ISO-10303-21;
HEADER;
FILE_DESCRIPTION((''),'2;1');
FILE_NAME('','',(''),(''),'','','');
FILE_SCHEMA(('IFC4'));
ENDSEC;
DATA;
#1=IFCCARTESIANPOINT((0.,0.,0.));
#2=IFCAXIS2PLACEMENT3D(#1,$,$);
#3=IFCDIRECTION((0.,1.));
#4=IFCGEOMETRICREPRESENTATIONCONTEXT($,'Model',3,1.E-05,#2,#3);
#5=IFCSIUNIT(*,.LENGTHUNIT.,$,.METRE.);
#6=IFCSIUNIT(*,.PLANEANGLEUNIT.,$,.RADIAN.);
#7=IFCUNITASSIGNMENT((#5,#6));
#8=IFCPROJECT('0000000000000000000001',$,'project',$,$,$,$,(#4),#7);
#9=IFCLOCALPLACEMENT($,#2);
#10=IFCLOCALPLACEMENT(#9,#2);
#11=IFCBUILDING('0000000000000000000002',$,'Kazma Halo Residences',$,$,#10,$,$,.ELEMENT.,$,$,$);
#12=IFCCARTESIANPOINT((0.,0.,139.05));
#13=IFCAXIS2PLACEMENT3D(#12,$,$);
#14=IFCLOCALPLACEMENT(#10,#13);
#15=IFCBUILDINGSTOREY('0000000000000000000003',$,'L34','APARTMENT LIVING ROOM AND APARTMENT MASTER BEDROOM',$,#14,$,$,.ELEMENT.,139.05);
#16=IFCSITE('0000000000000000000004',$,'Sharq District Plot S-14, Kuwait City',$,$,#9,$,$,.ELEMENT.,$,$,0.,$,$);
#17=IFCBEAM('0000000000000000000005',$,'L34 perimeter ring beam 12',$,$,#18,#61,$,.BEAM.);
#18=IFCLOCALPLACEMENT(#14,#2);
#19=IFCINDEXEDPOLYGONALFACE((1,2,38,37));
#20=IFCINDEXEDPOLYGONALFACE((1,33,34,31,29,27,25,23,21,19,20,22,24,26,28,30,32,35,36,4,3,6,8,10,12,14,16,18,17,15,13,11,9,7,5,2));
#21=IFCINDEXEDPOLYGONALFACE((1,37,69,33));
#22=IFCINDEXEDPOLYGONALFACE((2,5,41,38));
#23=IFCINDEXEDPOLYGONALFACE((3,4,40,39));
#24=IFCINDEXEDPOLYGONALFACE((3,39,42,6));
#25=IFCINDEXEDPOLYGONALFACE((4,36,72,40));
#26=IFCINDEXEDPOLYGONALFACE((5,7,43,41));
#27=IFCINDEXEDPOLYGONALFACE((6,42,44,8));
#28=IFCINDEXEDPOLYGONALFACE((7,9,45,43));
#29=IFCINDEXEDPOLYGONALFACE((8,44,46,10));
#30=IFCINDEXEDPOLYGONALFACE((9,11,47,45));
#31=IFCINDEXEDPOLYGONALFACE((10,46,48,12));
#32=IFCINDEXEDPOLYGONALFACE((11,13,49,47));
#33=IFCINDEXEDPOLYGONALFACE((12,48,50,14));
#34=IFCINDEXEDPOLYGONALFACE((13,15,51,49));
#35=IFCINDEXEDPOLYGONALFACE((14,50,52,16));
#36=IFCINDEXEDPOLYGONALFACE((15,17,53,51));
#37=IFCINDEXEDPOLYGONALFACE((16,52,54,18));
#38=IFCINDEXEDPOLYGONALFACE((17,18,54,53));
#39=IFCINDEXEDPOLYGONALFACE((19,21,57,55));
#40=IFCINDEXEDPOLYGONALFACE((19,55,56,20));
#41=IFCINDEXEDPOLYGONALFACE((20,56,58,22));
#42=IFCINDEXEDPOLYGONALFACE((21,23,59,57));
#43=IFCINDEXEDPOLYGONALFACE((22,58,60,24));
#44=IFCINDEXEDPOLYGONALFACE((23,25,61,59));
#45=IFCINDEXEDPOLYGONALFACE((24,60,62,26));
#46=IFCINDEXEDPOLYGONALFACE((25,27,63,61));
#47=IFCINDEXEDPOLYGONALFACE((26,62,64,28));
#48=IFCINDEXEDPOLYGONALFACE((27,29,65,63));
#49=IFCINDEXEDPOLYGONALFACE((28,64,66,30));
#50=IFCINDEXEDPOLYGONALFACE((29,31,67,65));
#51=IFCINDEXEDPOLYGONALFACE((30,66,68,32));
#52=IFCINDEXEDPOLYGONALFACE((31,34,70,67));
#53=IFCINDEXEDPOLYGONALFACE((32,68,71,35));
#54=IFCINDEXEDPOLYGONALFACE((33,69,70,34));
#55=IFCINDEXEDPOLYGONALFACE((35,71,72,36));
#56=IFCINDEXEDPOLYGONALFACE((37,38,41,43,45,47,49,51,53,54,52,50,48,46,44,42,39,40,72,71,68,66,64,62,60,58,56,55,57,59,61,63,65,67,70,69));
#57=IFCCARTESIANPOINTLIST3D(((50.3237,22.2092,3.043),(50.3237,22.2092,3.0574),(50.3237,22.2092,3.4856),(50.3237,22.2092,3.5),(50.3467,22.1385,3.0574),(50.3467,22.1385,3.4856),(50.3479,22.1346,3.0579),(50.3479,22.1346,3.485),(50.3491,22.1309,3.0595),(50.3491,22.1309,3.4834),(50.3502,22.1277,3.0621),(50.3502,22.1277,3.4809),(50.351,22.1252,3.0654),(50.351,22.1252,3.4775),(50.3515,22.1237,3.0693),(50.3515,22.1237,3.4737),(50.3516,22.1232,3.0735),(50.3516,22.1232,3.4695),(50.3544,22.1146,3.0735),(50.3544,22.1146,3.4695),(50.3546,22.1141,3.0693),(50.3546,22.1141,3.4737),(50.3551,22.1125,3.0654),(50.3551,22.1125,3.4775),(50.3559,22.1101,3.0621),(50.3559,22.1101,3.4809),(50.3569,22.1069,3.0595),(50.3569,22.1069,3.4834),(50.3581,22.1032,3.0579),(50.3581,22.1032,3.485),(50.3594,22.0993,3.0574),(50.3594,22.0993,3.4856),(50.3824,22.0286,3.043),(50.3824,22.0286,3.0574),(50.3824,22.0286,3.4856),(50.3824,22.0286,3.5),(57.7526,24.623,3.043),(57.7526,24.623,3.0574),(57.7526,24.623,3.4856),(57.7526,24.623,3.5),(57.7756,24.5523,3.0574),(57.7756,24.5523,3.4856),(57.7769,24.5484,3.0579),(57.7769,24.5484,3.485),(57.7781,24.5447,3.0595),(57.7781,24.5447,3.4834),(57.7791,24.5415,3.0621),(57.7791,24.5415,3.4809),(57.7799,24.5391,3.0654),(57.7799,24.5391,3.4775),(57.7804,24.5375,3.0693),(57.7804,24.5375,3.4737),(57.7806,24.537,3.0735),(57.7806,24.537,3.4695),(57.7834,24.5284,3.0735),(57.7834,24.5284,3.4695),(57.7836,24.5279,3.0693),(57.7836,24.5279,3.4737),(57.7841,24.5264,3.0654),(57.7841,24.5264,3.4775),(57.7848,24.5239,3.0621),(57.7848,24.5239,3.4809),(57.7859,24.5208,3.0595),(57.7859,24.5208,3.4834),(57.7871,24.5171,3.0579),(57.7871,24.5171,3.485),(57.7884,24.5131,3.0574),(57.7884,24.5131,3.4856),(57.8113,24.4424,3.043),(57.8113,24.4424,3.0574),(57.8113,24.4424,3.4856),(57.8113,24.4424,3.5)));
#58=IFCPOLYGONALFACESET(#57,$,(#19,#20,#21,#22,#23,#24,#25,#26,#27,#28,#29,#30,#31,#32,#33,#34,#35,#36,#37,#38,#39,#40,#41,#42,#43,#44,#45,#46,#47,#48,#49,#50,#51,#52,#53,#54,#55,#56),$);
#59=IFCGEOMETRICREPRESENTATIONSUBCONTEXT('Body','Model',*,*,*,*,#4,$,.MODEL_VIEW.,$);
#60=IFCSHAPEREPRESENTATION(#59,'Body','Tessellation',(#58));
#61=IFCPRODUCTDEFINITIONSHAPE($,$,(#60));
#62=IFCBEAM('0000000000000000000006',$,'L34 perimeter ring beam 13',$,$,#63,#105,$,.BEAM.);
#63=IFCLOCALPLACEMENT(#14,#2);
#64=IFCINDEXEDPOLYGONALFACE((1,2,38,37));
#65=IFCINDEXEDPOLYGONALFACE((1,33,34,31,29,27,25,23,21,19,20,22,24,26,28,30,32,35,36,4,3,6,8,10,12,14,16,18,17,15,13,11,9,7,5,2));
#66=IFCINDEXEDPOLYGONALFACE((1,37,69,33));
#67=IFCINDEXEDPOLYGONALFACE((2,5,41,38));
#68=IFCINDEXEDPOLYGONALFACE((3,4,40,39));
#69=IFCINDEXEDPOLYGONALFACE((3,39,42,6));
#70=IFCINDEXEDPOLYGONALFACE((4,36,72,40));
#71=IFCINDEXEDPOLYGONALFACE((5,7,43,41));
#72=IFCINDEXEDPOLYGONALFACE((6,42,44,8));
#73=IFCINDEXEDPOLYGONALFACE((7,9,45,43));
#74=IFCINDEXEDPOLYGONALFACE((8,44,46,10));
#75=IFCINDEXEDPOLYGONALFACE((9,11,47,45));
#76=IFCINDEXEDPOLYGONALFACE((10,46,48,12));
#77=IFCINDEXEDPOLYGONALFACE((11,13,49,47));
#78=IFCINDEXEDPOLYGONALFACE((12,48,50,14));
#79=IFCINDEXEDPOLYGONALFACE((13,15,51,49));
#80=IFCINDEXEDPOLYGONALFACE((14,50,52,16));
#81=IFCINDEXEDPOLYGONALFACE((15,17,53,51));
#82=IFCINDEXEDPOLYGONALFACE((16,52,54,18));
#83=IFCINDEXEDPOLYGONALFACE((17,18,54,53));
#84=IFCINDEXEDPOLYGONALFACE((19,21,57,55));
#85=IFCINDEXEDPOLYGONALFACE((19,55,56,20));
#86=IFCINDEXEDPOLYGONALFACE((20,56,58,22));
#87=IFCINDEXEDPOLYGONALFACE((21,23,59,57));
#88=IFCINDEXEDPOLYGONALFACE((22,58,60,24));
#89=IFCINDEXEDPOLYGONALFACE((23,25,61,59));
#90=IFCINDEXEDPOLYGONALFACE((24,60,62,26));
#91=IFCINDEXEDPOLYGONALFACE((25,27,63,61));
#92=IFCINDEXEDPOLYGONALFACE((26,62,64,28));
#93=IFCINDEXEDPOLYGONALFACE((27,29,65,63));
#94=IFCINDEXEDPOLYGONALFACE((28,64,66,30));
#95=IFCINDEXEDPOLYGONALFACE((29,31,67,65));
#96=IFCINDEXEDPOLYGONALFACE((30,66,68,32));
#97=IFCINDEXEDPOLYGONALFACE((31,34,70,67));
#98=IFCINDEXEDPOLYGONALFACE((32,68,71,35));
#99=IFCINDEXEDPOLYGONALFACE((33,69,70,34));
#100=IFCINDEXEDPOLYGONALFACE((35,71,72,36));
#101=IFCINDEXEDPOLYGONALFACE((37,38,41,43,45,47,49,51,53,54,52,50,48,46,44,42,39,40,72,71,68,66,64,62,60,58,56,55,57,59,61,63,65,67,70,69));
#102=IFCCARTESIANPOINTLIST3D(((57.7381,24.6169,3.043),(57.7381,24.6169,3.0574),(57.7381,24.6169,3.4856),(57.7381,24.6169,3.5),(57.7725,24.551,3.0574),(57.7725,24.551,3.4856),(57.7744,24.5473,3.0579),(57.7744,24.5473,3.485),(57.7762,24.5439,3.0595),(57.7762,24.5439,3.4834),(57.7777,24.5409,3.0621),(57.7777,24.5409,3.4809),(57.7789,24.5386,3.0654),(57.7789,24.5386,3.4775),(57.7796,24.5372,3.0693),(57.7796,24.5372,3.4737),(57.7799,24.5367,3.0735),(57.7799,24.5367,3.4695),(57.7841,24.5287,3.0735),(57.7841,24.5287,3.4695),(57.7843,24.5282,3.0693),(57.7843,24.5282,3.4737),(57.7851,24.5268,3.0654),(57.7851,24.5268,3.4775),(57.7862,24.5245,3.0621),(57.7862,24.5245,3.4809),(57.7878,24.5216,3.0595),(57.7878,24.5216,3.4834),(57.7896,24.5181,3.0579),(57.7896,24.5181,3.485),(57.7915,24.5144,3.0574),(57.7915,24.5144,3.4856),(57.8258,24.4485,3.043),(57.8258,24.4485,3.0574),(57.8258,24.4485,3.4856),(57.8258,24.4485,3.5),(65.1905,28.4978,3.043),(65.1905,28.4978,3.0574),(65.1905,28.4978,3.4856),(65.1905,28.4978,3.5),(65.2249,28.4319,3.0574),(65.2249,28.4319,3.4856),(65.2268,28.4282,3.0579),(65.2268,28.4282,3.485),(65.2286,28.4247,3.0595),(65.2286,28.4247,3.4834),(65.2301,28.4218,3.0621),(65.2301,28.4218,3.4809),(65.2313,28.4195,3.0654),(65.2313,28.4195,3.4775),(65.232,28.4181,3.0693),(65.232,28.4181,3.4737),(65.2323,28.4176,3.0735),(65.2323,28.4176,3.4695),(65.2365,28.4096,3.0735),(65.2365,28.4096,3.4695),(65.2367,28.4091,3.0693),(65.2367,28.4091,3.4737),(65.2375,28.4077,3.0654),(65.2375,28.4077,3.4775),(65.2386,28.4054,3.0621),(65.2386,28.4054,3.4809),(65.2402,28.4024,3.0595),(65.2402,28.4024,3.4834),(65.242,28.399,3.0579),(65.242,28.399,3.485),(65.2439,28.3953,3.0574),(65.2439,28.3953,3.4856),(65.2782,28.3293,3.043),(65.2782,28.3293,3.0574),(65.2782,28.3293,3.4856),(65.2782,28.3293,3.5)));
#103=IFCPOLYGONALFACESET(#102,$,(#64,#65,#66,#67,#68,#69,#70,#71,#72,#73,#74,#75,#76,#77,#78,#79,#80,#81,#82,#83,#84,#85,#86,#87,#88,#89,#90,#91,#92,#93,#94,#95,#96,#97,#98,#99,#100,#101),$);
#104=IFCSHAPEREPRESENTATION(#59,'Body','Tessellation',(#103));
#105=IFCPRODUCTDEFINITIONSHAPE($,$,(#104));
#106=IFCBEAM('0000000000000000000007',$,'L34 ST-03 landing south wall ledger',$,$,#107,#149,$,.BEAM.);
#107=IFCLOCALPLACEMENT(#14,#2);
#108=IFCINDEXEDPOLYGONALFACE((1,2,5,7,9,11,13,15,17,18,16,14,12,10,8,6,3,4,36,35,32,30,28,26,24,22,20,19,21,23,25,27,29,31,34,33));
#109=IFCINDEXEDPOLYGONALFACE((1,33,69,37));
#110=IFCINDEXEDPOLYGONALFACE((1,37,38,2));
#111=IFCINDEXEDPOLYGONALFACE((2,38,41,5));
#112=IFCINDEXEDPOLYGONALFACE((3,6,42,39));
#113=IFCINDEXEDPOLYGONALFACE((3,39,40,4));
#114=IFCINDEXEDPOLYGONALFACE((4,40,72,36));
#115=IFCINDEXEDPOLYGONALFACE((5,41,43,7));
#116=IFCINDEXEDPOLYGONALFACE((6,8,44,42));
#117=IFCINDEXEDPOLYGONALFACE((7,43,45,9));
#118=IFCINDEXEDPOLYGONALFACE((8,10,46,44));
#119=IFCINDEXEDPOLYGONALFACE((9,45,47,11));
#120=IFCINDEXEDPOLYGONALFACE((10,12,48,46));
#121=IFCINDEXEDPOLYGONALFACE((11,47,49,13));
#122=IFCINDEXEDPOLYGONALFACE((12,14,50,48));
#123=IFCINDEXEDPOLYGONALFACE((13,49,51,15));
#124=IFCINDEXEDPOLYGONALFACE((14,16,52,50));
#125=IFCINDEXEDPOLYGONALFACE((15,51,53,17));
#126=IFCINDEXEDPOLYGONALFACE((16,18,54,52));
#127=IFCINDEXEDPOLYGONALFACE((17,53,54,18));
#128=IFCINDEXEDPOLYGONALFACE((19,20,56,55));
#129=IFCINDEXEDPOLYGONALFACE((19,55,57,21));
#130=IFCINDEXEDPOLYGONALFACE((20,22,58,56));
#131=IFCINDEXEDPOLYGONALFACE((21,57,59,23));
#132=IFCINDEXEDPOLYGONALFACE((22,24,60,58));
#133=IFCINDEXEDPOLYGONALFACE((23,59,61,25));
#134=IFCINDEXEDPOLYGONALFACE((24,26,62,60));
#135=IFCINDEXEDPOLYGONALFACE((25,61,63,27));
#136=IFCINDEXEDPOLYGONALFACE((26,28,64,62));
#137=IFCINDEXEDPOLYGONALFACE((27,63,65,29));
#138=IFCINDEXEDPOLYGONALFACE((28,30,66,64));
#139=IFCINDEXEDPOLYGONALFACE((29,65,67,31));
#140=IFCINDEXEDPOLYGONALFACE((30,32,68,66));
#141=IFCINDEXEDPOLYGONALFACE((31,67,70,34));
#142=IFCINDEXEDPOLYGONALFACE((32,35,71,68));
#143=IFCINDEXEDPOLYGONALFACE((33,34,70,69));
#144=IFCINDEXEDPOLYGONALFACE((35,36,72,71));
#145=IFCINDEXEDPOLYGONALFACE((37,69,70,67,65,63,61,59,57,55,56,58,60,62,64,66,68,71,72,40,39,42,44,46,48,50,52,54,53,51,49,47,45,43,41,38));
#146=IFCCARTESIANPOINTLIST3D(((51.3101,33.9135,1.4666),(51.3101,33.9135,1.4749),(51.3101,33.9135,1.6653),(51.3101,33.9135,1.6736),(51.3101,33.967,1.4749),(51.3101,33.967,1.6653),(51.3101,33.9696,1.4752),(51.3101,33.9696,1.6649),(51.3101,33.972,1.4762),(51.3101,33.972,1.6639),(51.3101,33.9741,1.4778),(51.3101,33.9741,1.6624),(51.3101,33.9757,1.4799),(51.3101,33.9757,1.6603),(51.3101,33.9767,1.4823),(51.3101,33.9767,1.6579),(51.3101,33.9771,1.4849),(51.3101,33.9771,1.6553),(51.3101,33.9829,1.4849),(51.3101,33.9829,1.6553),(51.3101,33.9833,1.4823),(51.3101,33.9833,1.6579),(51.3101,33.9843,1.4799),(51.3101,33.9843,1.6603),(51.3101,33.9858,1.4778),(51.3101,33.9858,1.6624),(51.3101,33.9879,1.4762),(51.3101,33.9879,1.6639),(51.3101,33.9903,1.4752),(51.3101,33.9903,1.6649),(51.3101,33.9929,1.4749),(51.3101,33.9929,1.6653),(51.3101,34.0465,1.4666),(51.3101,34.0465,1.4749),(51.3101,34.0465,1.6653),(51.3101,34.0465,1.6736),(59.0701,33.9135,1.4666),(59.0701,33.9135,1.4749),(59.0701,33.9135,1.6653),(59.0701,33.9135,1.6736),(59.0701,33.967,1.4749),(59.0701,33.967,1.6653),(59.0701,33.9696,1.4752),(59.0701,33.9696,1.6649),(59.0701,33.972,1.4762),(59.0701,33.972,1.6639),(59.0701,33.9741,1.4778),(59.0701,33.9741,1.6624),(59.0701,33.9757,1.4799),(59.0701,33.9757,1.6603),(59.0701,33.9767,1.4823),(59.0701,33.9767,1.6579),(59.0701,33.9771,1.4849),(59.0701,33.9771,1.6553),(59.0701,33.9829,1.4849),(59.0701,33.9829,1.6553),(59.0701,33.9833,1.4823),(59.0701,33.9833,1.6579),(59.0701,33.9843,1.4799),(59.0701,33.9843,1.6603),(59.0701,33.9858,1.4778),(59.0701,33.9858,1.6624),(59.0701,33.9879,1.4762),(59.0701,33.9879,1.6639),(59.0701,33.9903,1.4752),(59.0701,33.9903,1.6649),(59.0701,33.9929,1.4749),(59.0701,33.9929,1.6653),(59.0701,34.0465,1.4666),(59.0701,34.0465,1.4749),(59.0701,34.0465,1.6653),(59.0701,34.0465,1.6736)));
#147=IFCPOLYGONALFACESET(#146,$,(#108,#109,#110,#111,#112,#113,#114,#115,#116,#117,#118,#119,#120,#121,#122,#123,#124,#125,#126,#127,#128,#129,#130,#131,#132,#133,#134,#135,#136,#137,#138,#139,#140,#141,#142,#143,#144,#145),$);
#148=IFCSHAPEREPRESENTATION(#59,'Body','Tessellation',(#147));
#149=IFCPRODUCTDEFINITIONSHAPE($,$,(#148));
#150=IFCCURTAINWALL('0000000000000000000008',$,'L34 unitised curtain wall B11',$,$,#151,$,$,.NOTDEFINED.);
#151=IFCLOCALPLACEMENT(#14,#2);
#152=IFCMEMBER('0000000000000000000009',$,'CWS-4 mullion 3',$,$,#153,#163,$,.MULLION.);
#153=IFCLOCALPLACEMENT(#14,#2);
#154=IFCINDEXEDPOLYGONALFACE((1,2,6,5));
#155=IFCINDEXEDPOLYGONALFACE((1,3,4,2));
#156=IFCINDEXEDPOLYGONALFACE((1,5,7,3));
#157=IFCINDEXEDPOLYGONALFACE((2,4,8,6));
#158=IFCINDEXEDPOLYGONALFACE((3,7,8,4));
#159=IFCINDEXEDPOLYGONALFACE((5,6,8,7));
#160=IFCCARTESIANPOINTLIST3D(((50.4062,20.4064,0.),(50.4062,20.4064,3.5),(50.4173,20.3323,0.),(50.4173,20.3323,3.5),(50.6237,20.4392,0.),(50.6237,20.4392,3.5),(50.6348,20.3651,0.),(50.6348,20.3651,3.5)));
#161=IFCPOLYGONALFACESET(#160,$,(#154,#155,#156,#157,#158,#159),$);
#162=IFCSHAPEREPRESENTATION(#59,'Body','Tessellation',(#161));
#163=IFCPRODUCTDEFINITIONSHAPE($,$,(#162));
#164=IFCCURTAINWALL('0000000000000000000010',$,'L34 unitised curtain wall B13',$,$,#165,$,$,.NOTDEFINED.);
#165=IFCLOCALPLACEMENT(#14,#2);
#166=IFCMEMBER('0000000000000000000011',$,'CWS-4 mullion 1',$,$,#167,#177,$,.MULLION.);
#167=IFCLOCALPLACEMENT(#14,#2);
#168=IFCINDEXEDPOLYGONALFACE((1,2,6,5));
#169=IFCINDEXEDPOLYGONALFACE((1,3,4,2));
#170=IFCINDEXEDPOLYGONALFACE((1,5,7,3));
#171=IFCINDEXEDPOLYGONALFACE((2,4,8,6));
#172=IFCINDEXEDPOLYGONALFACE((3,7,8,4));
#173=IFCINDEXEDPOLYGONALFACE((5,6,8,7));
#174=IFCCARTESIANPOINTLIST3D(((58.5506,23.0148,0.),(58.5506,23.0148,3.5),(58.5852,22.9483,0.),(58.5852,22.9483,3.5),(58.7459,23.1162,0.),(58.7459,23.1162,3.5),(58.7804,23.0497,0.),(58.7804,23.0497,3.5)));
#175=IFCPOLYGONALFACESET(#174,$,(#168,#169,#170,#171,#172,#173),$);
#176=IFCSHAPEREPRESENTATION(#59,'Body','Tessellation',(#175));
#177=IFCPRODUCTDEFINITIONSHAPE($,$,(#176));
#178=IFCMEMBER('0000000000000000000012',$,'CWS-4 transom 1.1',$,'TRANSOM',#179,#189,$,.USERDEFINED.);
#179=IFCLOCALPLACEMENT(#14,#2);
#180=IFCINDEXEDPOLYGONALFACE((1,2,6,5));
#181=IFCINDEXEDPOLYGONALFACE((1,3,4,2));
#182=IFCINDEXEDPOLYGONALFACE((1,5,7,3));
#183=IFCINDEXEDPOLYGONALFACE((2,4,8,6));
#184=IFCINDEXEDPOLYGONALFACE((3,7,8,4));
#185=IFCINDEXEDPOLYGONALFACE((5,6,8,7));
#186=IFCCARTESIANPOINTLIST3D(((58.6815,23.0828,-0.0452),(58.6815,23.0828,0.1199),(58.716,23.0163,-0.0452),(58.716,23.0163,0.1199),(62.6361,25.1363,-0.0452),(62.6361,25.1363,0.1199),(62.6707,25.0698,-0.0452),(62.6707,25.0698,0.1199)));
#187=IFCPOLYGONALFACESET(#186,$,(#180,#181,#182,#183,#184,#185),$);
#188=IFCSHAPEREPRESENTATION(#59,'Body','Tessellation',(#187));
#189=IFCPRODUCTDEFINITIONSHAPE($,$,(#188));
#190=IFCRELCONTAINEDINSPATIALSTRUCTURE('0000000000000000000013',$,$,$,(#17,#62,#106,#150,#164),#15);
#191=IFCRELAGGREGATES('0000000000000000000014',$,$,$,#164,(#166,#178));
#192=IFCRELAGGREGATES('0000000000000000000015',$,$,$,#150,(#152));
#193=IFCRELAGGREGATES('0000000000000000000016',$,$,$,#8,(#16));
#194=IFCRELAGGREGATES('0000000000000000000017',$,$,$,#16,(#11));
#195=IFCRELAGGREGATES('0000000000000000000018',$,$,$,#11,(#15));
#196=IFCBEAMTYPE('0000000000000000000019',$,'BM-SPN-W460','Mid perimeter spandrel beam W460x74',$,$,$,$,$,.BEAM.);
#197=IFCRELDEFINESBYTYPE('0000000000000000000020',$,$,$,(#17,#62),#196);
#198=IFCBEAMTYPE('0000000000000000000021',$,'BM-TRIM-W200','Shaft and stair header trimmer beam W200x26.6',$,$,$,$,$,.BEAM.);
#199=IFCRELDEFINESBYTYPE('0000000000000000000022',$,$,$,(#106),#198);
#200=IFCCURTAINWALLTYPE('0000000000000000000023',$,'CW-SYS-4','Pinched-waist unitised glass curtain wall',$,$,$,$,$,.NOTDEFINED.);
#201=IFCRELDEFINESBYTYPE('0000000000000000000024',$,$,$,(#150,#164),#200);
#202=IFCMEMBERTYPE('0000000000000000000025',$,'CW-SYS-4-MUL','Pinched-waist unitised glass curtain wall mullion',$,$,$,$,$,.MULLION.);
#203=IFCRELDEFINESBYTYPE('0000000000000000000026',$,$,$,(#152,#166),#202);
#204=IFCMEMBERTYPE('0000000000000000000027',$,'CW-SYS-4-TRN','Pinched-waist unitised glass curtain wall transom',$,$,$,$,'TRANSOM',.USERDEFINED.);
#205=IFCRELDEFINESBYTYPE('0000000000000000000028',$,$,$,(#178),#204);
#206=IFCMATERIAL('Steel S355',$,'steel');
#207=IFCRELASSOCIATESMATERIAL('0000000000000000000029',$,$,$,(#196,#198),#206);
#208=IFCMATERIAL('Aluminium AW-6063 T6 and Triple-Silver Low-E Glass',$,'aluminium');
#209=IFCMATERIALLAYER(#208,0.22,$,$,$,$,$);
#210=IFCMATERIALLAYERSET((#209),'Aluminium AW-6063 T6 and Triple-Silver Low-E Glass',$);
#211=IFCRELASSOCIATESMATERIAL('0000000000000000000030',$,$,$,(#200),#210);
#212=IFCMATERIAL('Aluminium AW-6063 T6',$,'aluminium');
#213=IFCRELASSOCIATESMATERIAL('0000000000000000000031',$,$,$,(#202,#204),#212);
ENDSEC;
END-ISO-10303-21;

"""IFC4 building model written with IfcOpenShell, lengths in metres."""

from ifc_helpers import new_model, si_unit, direction, frame, origin, origin_2d, place, context, subcontext, project, spatial, rectangle, i_section, extrude, material, layer, layer_set, material_profile, profile_set, type_object, element, aggregate, save


model = new_model("IFC4")

# Units and contexts
model_context = context("Model", 3, precision=1e-05, world=origin(), true_north=direction((0.0, 1.0)))
body_context = subcontext(model_context, "Body", "Model", "MODEL_VIEW")
ifc_project = project(units=[si_unit("LENGTHUNIT", "METRE"), si_unit("PLANEANGLEUNIT", "RADIAN")], contexts=[model_context])

# Site, building, storey
site_placement = place(None, origin())
site = spatial("IfcSite", under=ifc_project, at=site_placement, Name="Sharq District Plot S-14, Kuwait City", CompositionType="ELEMENT", RefElevation=0.0)
building_placement = place(site_placement, origin())
building = spatial("IfcBuilding", under=site, at=building_placement, Name="Kazma Halo Residences", CompositionType="ELEMENT")
storey_placement = place(building_placement, frame((0.0, 0.0, 139.05)))
storey = spatial("IfcBuildingStorey", under=building, at=storey_placement, Name="L34", Description="APARTMENT LIVING ROOM AND APARTMENT MASTER BEDROOM", CompositionType="ELEMENT", Elevation=139.05)

# Beams
ifc_material_1 = material(Name="Steel S355", Category="steel")
ifc_material_profile_1 = material_profile(ifc_material_1, i_section(OverallWidth=0.1899, OverallDepth=0.457, WebThickness=0.009, FlangeThickness=0.0144, FilletRadius=0.0161, at=origin_2d()), Name="W460x74")
ifc_profile_set_1 = profile_set([ifc_material_profile_1], Name="Steel S355")
beam_type_1 = type_object("IfcBeamType", Name="BM-SPN-W460", Description="Mid perimeter spandrel beam W460x74", PredefinedType="BEAM", material=ifc_profile_set_1)
beam_1_placement = place(storey_placement, frame((50.353, 22.1189, 3.2715), z_axis=(0.951056, 0.309018, 0.0), x_axis=(-0.309018, 0.951056, 0.0)))
element("IfcBeam", 1, at=beam_1_placement, inside=storey, type_object=beam_type_1, Name="L34 perimeter ring beam 12", PredefinedType="BEAM", context=body_context, shape_type="SweptSolid", body=[
    extrude(i_section(OverallWidth=0.1899, OverallDepth=0.457, WebThickness=0.009, FlangeThickness=0.0144, FilletRadius=0.0161, at=origin_2d()), origin(), (0.0, 0.0, 1.0), 7.8113),
])
beam_2_placement = place(storey_placement, frame((57.782, 24.5327, 3.2715), z_axis=(0.886943, 0.461879, 0.0), x_axis=(-0.461879, 0.886943, 0.0)))
element("IfcBeam", 2, at=beam_2_placement, inside=storey, type_object=beam_type_1, Name="L34 perimeter ring beam 13", PredefinedType="BEAM", context=body_context, shape_type="SweptSolid", body=[
    extrude(i_section(OverallWidth=0.1899, OverallDepth=0.457, WebThickness=0.009, FlangeThickness=0.0144, FilletRadius=0.0161, at=origin_2d()), origin(), (0.0, 0.0, 1.0), 8.4023),
])
ifc_material_profile_2 = material_profile(ifc_material_1, i_section(OverallWidth=0.1331, OverallDepth=0.207, WebThickness=0.0059, FlangeThickness=0.0083, FilletRadius=0.01, at=origin_2d()), Name="W200x26.6")
ifc_profile_set_2 = profile_set([ifc_material_profile_2], Name="Steel S355")
beam_type_2 = type_object("IfcBeamType", Name="BM-TRIM-W200", Description="Shaft and stair header trimmer beam W200x26.6", PredefinedType="BEAM", material=ifc_profile_set_2)
beam_3_placement = place(storey_placement, frame((51.3101, 33.98, 1.5701), z_axis=(1.0, 0.0, 0.0), x_axis=(0.0, 1.0, 0.0)))
element("IfcBeam", 3, at=beam_3_placement, inside=storey, type_object=beam_type_2, Name="L34 ST-03 landing south wall ledger", PredefinedType="BEAM", context=body_context, shape_type="SweptSolid", body=[
    extrude(i_section(OverallWidth=0.1331, OverallDepth=0.207, WebThickness=0.0059, FlangeThickness=0.0083, FilletRadius=0.01, at=origin_2d()), origin(), (0.0, 0.0, 1.0), 7.76),
])

# Curtain wall, member
ifc_material_2 = material(Name="Aluminium AW-6063 T6 and Triple-Silver Low-E Glass", Category="aluminium")
ifc_layer_1 = layer(ifc_material_2, 0.22)
ifc_layer_set_1 = layer_set([ifc_layer_1], Name="Aluminium AW-6063 T6 and Triple-Silver Low-E Glass")
curtain_wall_type = type_object("IfcCurtainWallType", Name="CW-SYS-4", Description="Pinched-waist unitised glass curtain wall", PredefinedType="NOTDEFINED", material=ifc_layer_set_1)
curtain_wall_1_placement = place(storey_placement, origin())
curtain_wall_1 = element("IfcCurtainWall", 4, at=curtain_wall_1_placement, inside=storey, type_object=curtain_wall_type, Name="L34 unitised curtain wall B11", PredefinedType="NOTDEFINED")
ifc_material_3 = material(Name="Aluminium AW-6063 T6", Category="aluminium")
ifc_material_profile_3 = material_profile(ifc_material_3, rectangle(XDim=0.075, YDim=0.22, at=origin_2d()), Name="CWM-75x220")
ifc_profile_set_3 = profile_set([ifc_material_profile_3], Name="Aluminium AW-6063 T6")
member_type_1 = type_object("IfcMemberType", Name="CW-SYS-4-MUL", Description="Pinched-waist unitised glass curtain wall mullion", PredefinedType="MULLION", material=ifc_profile_set_3)
member_1_placement = place(storey_placement, frame((50.5205, 20.3857, 0.0), z_axis=(0.0, 0.0, 1.0), x_axis=(-0.148821, 0.988864, 0.0)))
member_1 = element("IfcMember", 5, at=member_1_placement, type_object=member_type_1, Name="CWS-4 mullion 3", PredefinedType="MULLION", context=body_context, shape_type="SweptSolid", body=[
    extrude(rectangle(XDim=0.075, YDim=0.22, at=origin_2d()), origin(), (0.0, 0.0, 1.0), 3.5),
])

# Curtain wall, members
curtain_wall_2_placement = place(storey_placement, origin())
curtain_wall_2 = element("IfcCurtainWall", 6, at=curtain_wall_2_placement, inside=storey, type_object=curtain_wall_type, Name="L34 unitised curtain wall B13", PredefinedType="NOTDEFINED")
member_2_placement = place(storey_placement, frame((58.6655, 23.0322, 0.0), z_axis=(0.0, 0.0, 1.0), x_axis=(-0.460837, 0.887485, 0.0)))
member_2 = element("IfcMember", 7, at=member_2_placement, type_object=member_type_1, Name="CWS-4 mullion 1", PredefinedType="MULLION", context=body_context, shape_type="SweptSolid", body=[
    extrude(rectangle(XDim=0.075, YDim=0.22, at=origin_2d()), origin(), (0.0, 0.0, 1.0), 3.5),
])
ifc_material_profile_4 = material_profile(ifc_material_3, rectangle(XDim=0.075, YDim=0.165, at=origin_2d()), Name="CWT-75x165")
ifc_profile_set_4 = profile_set([ifc_material_profile_4], Name="Aluminium AW-6063 T6")
member_type_2 = type_object("IfcMemberType", Name="CW-SYS-4-TRN", Description="Pinched-waist unitised glass curtain wall transom", ElementType="TRANSOM", PredefinedType="USERDEFINED", material=ifc_profile_set_4)
member_3_placement = place(storey_placement, frame((58.6987, 23.0496, 0.0374), z_axis=(0.887485, 0.460837, 0.0), x_axis=(-0.460837, 0.887485, 0.0)))
member_3 = element("IfcMember", 8, at=member_3_placement, type_object=member_type_2, Name="CWS-4 transom 1.1", ObjectType="TRANSOM", PredefinedType="USERDEFINED", context=body_context, shape_type="SweptSolid", body=[
    extrude(rectangle(XDim=0.075, YDim=0.165, at=origin_2d()), origin(), (0.0, 0.0, 1.0), 4.4561),
])
aggregate(curtain_wall_2, [member_2, member_3])

aggregate(curtain_wall_1, [member_1])

save(model, "model.ifc")
